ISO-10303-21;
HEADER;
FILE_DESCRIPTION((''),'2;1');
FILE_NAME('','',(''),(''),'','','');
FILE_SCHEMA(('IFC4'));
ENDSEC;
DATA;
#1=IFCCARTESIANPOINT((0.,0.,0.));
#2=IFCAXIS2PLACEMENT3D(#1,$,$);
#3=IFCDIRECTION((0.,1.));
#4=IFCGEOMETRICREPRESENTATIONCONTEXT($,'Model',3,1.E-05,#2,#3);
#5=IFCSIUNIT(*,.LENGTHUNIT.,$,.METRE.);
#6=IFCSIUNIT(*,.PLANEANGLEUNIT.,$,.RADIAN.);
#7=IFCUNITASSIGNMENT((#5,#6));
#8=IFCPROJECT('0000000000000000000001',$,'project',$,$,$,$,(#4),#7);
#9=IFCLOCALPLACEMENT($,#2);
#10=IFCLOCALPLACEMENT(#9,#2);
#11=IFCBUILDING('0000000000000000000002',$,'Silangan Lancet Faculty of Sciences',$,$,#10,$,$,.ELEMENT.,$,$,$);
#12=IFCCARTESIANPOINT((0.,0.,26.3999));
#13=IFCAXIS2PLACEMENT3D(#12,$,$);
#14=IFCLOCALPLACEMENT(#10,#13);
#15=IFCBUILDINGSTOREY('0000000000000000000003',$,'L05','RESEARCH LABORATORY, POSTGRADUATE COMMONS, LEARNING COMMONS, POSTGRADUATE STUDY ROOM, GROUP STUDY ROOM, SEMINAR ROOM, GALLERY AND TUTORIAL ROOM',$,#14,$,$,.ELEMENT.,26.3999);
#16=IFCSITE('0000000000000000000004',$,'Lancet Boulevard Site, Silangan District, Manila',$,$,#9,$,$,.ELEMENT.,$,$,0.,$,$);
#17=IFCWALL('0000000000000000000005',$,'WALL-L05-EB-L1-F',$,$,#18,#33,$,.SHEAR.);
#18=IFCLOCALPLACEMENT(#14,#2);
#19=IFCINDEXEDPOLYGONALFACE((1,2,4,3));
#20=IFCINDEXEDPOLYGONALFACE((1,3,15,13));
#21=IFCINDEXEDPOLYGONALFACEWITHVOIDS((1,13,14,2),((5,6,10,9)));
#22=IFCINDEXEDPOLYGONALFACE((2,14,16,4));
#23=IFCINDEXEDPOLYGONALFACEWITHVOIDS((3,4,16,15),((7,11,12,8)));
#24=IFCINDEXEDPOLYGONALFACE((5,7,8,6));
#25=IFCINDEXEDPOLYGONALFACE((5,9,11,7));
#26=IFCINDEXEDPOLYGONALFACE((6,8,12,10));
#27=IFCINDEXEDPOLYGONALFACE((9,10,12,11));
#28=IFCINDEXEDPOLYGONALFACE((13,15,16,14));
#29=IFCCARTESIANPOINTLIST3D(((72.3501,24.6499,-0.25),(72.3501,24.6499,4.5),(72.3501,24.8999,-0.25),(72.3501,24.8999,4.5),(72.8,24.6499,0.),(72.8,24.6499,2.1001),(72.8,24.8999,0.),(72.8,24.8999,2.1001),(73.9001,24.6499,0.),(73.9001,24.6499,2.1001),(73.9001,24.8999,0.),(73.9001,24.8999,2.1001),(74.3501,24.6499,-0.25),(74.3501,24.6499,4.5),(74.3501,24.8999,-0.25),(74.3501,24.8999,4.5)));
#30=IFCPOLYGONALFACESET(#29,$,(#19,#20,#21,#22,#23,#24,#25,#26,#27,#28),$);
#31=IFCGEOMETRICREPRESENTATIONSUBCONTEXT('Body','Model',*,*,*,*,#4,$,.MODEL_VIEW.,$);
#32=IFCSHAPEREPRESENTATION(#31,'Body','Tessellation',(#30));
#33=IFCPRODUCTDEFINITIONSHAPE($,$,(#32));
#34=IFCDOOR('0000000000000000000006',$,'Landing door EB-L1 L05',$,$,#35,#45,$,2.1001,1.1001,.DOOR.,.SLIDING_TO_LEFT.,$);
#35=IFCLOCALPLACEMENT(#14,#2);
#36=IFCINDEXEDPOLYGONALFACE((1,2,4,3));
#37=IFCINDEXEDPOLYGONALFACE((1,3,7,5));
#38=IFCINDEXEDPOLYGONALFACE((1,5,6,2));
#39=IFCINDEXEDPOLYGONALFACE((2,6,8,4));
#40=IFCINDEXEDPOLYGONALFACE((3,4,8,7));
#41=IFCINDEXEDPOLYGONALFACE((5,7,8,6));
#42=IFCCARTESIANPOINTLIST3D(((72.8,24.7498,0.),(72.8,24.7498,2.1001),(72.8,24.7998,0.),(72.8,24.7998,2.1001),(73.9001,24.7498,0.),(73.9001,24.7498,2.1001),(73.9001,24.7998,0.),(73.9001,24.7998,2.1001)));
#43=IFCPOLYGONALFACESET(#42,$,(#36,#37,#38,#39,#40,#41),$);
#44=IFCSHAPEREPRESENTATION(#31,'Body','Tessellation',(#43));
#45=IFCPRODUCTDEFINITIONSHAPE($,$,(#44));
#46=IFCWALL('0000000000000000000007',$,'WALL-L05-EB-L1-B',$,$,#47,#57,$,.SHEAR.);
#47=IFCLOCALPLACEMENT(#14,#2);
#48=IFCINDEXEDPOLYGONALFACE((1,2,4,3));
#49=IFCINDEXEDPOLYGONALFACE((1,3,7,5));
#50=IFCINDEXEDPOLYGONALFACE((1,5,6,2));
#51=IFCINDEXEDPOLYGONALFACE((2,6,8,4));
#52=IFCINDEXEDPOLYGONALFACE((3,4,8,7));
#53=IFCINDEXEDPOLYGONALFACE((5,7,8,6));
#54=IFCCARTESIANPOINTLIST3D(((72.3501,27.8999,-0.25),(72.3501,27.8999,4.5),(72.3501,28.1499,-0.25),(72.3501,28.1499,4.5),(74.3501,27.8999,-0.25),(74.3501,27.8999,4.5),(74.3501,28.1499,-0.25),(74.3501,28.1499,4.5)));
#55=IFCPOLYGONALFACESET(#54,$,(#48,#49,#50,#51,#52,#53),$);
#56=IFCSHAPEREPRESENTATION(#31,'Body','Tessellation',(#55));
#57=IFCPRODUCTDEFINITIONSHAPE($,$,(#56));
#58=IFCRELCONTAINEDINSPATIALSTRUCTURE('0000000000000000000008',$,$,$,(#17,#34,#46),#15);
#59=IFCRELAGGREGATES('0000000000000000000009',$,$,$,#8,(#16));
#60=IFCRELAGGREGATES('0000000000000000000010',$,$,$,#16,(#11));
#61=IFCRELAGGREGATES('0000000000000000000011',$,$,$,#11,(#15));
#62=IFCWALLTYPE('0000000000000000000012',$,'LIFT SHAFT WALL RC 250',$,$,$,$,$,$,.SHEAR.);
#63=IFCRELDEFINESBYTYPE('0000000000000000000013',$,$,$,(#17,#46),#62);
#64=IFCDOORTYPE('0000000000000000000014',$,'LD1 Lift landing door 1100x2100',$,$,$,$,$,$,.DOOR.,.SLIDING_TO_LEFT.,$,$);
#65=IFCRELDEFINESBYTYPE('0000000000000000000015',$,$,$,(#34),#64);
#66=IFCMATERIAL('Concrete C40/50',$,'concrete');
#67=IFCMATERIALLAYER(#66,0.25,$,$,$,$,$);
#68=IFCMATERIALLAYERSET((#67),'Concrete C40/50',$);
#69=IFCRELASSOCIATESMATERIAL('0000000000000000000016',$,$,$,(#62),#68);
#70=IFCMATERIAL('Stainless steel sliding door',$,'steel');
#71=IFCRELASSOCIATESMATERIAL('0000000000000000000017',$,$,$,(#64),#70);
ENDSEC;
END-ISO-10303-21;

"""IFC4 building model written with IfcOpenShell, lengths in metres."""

from ifc_helpers import new_model, si_unit, direction, frame, frame_2d, origin, place, context, subcontext, project, spatial, rectangle, extrude, material, layer, layer_set, type_object, element, fill, save


model = new_model("IFC4")

# Units and contexts
model_context = context("Model", 3, precision=1e-05, world=origin(), true_north=direction((0.0, 1.0)))
body_context = subcontext(model_context, "Body", "Model", "MODEL_VIEW")
ifc_project = project(units=[si_unit("LENGTHUNIT", "METRE"), si_unit("PLANEANGLEUNIT", "RADIAN")], contexts=[model_context])

# Site, building, storey
site_placement = place(None, origin())
site = spatial("IfcSite", under=ifc_project, at=site_placement, Name="Lancet Boulevard Site, Silangan District, Manila", CompositionType="ELEMENT", RefElevation=0.0)
building_placement = place(site_placement, origin())
building = spatial("IfcBuilding", under=site, at=building_placement, Name="Silangan Lancet Faculty of Sciences", CompositionType="ELEMENT")
storey_placement = place(building_placement, frame((0.0, 0.0, 26.3999)))
storey = spatial("IfcBuildingStorey", under=building, at=storey_placement, Name="L05", Description="RESEARCH LABORATORY, POSTGRADUATE COMMONS, LEARNING COMMONS, POSTGRADUATE STUDY ROOM, GROUP STUDY ROOM, SEMINAR ROOM, GALLERY AND TUTORIAL ROOM", CompositionType="ELEMENT", Elevation=26.3999)

# Shared definitions
ifc_material_1 = material(Name="Concrete C40/50", Category="concrete")
ifc_layer_1 = layer(ifc_material_1, 0.25)
ifc_layer_set_1 = layer_set([ifc_layer_1], Name="Concrete C40/50")
wall_type_1 = type_object("IfcWallType", Name="LIFT SHAFT WALL RC 250", PredefinedType="SHEAR", material=ifc_layer_set_1)

# Wall, opening, door
wall_1_placement = place(storey_placement, frame((72.3501, 24.7749, -0.25), z_axis=(0.0, 0.0, 1.0), x_axis=(1.0, 0.0, 0.0)))
wall_1 = element("IfcWall", 1, at=wall_1_placement, inside=storey, type_object=wall_type_1, Name="WALL-L05-EB-L1-F", PredefinedType="SHEAR", context=body_context, shape_type="SweptSolid", body=[
    extrude(rectangle(XDim=2.0, YDim=0.25, at=frame_2d((1.0, 0.0))), origin(), (0.0, 0.0, 1.0), 4.75),
])
opening_1_placement = place(wall_1_placement, frame((0.45, 0.0, 0.25)))
opening_1 = element("IfcOpeningElement", 2, at=opening_1_placement, cuts=wall_1, PredefinedType="OPENING", context=body_context, shape_type="SweptSolid", body=[
    extrude(rectangle(XDim=1.1001, YDim=2.1001, at=frame_2d((0.55, 1.05))), frame((0.0, 0.135, 0.0), z_axis=(0.0, -1.0, 0.0), x_axis=(1.0, 0.0, 0.0)), (0.0, 0.0, 1.0), 0.27),
])
ifc_material_2 = material(Name="Stainless steel sliding door", Category="steel")
door_type = type_object("IfcDoorType", Name="LD1 Lift landing door 1100x2100", OperationType="SLIDING_TO_LEFT", PredefinedType="DOOR", material=ifc_material_2)
door_placement = place(opening_1_placement, origin())
door = element("IfcDoor", 3, at=door_placement, inside=storey, type_object=door_type, Name="Landing door EB-L1 L05", OperationType="SLIDING_TO_LEFT", OverallHeight=2.1001, OverallWidth=1.1001, PredefinedType="DOOR", context=body_context, shape_type="SweptSolid", body=[
    extrude(rectangle(XDim=1.1001, YDim=2.1001, at=frame_2d((0.55, 1.05))), frame((0.0, 0.0249, 0.0), z_axis=(0.0, -1.0, 0.0), x_axis=(1.0, 0.0, 0.0)), (0.0, 0.0, 1.0), 0.05),
])
fill(opening_1, door)

# Wall
wall_2_placement = place(storey_placement, frame((72.3501, 28.0249, -0.25), z_axis=(0.0, 0.0, 1.0), x_axis=(1.0, 0.0, 0.0)))
element("IfcWall", 4, at=wall_2_placement, inside=storey, type_object=wall_type_1, Name="WALL-L05-EB-L1-B", PredefinedType="SHEAR", context=body_context, shape_type="SweptSolid", body=[
    extrude(rectangle(XDim=2.0, YDim=0.25, at=frame_2d((1.0, 0.0))), origin(), (0.0, 0.0, 1.0), 4.75),
])

save(model, "model.ifc")
